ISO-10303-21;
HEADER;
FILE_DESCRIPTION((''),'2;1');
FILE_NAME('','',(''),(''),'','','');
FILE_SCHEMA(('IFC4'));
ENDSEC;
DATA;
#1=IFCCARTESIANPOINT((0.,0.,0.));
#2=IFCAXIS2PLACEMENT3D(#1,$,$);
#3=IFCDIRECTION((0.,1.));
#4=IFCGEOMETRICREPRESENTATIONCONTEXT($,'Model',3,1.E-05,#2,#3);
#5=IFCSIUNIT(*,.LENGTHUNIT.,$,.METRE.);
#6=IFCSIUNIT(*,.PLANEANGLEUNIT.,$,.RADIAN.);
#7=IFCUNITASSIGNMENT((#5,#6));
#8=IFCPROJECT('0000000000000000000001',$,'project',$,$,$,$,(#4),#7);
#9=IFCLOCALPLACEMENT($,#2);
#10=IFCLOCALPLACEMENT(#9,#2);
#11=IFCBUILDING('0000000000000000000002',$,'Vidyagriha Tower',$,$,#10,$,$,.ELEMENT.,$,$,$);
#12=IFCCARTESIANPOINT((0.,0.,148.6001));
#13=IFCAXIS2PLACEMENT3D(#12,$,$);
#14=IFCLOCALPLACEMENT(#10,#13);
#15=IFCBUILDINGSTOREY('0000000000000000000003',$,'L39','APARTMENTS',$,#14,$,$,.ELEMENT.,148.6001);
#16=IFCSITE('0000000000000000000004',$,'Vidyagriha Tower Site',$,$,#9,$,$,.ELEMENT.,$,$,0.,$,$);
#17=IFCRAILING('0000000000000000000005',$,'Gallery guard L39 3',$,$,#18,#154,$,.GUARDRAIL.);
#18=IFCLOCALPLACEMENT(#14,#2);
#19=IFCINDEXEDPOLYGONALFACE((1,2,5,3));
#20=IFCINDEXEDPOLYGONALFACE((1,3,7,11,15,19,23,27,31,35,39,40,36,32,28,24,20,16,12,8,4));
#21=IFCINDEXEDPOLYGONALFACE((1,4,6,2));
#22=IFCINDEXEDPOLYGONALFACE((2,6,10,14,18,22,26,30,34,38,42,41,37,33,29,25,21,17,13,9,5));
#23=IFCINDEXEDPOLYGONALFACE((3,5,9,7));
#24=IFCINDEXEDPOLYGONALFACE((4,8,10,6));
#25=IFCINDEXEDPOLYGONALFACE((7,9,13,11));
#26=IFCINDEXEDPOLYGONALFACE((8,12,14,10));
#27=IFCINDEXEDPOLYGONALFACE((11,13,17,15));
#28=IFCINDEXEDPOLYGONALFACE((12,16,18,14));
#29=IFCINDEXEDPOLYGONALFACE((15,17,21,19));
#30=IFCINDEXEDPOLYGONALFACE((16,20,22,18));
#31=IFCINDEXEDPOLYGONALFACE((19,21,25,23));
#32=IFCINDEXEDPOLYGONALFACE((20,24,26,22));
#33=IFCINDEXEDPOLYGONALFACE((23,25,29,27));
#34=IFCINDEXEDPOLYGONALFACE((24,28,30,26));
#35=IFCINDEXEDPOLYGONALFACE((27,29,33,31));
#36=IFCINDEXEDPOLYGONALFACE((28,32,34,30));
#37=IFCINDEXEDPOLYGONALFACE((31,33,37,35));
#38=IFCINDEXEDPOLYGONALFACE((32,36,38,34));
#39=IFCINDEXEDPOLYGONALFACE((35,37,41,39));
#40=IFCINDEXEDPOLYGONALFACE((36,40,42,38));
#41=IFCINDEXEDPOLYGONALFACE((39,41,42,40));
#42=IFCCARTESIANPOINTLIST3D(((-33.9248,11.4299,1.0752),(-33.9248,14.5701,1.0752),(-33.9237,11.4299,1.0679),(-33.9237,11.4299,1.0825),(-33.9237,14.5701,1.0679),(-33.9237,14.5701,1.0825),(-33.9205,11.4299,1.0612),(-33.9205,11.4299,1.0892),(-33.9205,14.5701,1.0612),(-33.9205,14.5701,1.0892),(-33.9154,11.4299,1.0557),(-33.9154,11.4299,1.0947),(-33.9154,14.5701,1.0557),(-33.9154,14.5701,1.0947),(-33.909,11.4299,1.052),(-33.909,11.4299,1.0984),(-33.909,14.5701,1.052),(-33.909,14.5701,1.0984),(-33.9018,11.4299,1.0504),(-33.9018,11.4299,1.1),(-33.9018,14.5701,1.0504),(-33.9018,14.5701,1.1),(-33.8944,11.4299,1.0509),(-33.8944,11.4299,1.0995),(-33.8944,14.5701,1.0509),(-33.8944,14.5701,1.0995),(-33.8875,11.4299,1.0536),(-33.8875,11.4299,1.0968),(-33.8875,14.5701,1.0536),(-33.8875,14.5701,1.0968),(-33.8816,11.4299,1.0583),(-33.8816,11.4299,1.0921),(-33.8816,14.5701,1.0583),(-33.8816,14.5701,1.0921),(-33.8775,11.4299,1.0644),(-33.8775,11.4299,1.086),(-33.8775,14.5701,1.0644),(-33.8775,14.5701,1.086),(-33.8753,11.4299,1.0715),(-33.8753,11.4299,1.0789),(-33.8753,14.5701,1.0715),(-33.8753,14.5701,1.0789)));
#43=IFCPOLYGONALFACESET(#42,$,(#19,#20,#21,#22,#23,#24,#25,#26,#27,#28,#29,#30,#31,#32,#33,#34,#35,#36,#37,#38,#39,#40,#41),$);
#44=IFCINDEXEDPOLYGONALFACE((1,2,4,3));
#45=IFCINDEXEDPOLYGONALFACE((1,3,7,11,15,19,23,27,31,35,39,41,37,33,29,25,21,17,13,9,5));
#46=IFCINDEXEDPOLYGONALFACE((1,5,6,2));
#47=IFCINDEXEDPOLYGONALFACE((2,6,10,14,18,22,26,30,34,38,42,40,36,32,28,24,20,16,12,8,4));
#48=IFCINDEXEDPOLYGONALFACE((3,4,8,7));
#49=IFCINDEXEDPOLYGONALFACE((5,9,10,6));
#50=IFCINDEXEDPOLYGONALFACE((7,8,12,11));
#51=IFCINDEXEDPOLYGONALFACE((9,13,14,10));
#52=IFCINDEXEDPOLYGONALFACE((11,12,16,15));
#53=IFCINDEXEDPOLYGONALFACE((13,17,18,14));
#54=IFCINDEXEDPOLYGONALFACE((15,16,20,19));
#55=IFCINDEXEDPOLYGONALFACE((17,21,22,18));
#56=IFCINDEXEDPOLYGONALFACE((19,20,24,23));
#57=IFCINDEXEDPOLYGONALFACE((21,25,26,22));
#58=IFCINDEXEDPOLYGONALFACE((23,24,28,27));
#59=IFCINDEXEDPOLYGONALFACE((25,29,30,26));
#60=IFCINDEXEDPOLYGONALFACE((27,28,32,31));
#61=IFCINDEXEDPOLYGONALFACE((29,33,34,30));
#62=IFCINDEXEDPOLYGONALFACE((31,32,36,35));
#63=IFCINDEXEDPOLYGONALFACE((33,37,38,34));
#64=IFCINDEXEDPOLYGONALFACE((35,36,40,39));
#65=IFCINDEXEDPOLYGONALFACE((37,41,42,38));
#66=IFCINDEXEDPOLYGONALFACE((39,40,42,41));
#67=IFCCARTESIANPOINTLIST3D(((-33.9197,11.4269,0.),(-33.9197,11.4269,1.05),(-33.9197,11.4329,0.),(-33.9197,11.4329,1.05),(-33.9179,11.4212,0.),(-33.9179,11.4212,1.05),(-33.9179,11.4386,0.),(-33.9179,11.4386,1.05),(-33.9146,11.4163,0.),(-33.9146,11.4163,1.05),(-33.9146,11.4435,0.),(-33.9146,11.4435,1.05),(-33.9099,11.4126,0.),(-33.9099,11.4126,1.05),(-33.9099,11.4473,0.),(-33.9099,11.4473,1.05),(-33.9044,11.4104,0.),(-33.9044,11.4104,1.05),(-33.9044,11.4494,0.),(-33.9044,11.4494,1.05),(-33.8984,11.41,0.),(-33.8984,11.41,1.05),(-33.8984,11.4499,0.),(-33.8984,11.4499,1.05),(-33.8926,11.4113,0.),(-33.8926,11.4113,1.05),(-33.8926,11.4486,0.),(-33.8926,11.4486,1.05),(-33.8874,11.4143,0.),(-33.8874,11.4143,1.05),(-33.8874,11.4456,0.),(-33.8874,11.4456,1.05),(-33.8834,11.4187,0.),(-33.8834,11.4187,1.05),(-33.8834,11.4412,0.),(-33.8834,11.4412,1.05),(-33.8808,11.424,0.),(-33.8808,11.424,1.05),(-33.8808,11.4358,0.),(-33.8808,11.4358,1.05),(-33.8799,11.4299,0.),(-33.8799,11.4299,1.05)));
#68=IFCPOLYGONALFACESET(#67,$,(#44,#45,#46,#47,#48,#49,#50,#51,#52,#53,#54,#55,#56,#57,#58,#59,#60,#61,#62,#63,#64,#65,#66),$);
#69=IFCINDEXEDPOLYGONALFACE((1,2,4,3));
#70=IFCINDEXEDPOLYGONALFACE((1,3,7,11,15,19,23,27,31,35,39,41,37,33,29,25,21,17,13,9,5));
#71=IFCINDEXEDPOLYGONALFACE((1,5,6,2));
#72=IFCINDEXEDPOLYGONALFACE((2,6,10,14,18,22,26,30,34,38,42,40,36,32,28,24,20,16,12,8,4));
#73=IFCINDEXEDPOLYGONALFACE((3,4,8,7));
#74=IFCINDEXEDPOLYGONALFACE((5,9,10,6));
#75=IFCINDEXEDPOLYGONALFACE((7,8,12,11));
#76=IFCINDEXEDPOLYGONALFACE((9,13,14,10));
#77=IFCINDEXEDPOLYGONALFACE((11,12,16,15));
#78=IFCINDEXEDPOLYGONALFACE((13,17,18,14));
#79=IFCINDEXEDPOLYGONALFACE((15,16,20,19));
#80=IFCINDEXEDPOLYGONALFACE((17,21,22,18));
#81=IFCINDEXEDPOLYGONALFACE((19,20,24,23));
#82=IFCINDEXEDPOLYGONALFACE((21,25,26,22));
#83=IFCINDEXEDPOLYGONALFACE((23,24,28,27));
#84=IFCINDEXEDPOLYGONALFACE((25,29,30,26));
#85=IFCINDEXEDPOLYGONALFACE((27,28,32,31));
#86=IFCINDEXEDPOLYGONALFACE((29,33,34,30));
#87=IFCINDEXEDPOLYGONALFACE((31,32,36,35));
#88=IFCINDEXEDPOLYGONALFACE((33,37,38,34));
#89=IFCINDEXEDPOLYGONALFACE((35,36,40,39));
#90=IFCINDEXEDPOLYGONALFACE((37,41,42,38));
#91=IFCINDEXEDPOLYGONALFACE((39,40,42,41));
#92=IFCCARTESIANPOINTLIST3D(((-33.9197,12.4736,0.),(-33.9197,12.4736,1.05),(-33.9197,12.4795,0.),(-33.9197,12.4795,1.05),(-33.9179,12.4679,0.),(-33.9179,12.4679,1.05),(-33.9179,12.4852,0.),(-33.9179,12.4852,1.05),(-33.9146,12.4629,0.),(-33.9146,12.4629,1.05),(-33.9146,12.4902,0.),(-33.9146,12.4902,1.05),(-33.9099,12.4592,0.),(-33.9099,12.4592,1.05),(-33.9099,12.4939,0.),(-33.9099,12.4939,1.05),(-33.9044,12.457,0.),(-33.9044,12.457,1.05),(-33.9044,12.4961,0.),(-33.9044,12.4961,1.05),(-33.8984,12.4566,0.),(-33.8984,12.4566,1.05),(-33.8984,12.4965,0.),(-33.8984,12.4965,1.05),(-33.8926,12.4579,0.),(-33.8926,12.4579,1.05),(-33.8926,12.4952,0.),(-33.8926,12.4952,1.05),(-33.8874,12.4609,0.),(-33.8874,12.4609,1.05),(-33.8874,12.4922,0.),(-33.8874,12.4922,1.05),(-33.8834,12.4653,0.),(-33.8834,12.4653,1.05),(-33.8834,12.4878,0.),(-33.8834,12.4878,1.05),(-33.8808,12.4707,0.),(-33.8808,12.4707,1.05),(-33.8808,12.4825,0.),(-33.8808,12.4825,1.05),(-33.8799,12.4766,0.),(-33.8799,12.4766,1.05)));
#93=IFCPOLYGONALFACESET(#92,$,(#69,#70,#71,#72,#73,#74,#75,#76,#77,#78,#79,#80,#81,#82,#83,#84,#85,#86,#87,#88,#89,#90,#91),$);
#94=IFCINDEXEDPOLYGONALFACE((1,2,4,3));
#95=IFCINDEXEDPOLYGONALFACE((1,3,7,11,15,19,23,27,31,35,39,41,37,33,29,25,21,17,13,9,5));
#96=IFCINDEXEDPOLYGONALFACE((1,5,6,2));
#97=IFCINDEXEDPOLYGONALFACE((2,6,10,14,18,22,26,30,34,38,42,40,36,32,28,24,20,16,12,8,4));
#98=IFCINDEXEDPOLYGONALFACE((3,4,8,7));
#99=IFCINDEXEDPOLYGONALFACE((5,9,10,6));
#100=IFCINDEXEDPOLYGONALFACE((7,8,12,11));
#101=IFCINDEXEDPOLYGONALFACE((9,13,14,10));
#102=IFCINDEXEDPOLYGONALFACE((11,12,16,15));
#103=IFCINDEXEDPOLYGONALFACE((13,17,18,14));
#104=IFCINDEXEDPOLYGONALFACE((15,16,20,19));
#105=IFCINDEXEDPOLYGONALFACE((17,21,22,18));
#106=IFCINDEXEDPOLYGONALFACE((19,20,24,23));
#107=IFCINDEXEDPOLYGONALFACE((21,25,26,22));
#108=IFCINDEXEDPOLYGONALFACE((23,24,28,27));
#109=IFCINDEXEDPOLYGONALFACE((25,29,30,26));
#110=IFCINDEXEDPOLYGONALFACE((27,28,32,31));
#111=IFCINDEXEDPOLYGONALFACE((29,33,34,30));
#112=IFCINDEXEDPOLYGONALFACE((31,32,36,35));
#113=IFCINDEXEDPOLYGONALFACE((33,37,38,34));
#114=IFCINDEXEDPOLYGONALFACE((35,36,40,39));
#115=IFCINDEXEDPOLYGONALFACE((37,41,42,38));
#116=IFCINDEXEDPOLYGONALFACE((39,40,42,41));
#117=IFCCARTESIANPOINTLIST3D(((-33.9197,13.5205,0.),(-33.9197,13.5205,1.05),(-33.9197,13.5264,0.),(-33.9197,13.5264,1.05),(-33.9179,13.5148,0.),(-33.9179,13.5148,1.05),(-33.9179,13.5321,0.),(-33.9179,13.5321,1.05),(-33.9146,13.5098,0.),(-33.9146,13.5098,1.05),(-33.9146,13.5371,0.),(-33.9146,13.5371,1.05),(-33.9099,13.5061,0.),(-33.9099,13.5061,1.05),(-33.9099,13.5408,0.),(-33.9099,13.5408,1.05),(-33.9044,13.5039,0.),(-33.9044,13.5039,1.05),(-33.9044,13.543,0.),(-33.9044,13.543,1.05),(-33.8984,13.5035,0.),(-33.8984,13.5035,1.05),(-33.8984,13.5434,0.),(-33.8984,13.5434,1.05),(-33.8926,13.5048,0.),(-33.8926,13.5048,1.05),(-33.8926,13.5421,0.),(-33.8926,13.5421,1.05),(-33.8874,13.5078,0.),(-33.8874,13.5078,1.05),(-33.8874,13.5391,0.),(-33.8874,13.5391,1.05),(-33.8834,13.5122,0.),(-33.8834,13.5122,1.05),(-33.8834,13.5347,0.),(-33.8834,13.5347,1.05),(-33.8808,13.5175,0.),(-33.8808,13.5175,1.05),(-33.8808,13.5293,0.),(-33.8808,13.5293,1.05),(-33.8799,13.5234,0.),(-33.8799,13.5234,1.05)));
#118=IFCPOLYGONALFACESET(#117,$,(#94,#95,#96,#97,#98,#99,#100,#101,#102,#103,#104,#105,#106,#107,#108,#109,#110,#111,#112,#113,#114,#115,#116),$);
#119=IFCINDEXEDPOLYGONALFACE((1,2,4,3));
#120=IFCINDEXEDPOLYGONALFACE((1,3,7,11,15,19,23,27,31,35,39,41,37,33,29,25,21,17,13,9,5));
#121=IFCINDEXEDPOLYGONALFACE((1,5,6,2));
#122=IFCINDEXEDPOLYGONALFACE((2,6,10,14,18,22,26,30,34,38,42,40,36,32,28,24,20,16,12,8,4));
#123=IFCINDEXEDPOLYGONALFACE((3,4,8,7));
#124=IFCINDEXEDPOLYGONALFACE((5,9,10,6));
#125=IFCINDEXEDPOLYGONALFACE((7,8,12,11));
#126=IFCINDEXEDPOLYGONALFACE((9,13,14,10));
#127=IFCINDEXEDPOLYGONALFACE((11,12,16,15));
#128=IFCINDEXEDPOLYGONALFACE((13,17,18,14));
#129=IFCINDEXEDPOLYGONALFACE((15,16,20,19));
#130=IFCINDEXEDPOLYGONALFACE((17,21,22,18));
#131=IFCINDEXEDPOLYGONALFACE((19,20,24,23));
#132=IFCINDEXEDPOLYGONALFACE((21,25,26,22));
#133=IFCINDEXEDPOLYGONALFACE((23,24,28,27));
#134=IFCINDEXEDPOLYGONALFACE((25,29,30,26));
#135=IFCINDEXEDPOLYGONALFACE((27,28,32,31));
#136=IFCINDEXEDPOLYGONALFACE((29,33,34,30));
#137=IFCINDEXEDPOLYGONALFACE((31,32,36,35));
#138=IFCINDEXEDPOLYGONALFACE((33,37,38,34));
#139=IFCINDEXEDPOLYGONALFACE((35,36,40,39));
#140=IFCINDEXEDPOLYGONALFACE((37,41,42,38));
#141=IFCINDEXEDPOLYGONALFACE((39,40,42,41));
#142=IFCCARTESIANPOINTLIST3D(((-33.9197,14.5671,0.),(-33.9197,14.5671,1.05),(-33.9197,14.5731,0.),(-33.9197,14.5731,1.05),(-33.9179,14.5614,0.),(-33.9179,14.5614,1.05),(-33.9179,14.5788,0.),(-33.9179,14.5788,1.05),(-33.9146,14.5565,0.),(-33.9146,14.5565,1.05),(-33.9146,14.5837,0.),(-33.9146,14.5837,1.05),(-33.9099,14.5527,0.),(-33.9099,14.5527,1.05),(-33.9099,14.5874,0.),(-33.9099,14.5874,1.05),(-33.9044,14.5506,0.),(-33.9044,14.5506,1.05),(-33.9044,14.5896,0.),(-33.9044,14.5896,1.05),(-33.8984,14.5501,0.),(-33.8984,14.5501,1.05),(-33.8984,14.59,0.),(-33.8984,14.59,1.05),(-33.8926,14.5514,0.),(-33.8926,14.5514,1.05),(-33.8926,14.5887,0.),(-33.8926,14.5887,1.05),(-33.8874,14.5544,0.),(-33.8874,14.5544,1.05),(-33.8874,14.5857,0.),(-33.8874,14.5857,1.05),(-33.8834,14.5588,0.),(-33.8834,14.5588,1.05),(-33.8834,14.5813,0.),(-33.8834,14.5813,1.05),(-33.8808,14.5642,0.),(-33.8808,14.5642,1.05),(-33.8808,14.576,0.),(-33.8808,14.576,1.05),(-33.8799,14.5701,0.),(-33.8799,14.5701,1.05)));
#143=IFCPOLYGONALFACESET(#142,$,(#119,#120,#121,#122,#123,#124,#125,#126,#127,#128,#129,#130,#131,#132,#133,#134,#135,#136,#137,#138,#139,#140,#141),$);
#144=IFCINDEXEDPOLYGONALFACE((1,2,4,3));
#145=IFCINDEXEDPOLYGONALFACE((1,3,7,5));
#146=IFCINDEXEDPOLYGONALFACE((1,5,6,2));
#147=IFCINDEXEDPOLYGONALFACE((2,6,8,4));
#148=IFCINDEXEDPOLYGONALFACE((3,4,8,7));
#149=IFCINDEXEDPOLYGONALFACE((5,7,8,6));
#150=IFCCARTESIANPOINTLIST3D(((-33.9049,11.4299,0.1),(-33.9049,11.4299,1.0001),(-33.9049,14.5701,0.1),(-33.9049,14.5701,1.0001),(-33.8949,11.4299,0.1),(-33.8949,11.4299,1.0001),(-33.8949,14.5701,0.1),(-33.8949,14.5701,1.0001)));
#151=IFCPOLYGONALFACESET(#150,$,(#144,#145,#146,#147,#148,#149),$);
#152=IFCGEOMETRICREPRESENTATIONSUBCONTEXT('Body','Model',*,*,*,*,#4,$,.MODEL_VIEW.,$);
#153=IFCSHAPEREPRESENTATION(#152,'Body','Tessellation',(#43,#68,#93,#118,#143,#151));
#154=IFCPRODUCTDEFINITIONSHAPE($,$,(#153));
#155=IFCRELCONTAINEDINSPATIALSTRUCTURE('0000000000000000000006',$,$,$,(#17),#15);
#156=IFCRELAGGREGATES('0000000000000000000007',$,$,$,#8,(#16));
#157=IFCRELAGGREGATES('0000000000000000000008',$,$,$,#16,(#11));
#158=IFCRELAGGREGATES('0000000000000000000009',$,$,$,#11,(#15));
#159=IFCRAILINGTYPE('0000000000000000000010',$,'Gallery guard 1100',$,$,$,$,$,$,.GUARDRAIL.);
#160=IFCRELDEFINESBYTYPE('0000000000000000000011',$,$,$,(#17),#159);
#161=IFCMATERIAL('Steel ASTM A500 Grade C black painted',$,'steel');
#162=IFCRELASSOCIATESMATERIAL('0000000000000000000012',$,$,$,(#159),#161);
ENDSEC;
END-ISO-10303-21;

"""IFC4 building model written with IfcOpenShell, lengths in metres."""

from ifc_helpers import new_model, si_unit, direction, frame, origin, origin_2d, place, context, subcontext, project, spatial, rectangle, circle, extrude, material, type_object, element, save


model = new_model("IFC4")

# Units and contexts
model_context = context("Model", 3, precision=1e-05, world=origin(), true_north=direction((0.0, 1.0)))
body_context = subcontext(model_context, "Body", "Model", "MODEL_VIEW")
ifc_project = project(units=[si_unit("LENGTHUNIT", "METRE"), si_unit("PLANEANGLEUNIT", "RADIAN")], contexts=[model_context])

# Site, building, storey
site_placement = place(None, origin())
site = spatial("IfcSite", under=ifc_project, at=site_placement, Name="Vidyagriha Tower Site", CompositionType="ELEMENT", RefElevation=0.0)
building_placement = place(site_placement, origin())
building = spatial("IfcBuilding", under=site, at=building_placement, Name="Vidyagriha Tower", CompositionType="ELEMENT")
storey_placement = place(building_placement, frame((0.0, 0.0, 148.6001)))
storey = spatial("IfcBuildingStorey", under=building, at=storey_placement, Name="L39", Description="APARTMENTS", CompositionType="ELEMENT", Elevation=148.6001)

# Railing
ifc_material_1 = material(Name="Steel ASTM A500 Grade C black painted", Category="steel")
railing_type = type_object("IfcRailingType", Name="Gallery guard 1100", PredefinedType="GUARDRAIL", material=ifc_material_1)
railing_1_placement = place(storey_placement, frame((-33.8999, 11.4299, 0.0)))
element("IfcRailing", 1, at=railing_1_placement, inside=storey, type_object=railing_type, Name="Gallery guard L39 3", PredefinedType="GUARDRAIL", context=body_context, shape_type="SweptSolid", body=[
    extrude(circle(Radius=0.0249, at=origin_2d()), frame((0.0, 0.0, 1.0752), z_axis=(0.0, 1.0, 0.0), x_axis=(-1.0, 0.0, 0.0)), (0.0, 0.0, 1.0), 3.1401),
    extrude(circle(Radius=0.02, at=origin_2d()), origin(), (0.0, 0.0, 1.0), 1.05),
    extrude(circle(Radius=0.02, at=origin_2d()), frame((0.0, 1.0466, 0.0)), (0.0, 0.0, 1.0), 1.05),
    extrude(circle(Radius=0.02, at=origin_2d()), frame((0.0, 2.0935, 0.0)), (0.0, 0.0, 1.0), 1.05),
    extrude(circle(Radius=0.02, at=origin_2d()), frame((0.0, 3.1401, 0.0)), (0.0, 0.0, 1.0), 1.05),
    extrude(rectangle(XDim=0.01, YDim=0.9001, at=origin_2d()), frame((0.0, 0.0, 0.55), z_axis=(0.0, 1.0, 0.0), x_axis=(-1.0, 0.0, 0.0)), (0.0, 0.0, 1.0), 3.1401),
])

save(model, "model.ifc")
